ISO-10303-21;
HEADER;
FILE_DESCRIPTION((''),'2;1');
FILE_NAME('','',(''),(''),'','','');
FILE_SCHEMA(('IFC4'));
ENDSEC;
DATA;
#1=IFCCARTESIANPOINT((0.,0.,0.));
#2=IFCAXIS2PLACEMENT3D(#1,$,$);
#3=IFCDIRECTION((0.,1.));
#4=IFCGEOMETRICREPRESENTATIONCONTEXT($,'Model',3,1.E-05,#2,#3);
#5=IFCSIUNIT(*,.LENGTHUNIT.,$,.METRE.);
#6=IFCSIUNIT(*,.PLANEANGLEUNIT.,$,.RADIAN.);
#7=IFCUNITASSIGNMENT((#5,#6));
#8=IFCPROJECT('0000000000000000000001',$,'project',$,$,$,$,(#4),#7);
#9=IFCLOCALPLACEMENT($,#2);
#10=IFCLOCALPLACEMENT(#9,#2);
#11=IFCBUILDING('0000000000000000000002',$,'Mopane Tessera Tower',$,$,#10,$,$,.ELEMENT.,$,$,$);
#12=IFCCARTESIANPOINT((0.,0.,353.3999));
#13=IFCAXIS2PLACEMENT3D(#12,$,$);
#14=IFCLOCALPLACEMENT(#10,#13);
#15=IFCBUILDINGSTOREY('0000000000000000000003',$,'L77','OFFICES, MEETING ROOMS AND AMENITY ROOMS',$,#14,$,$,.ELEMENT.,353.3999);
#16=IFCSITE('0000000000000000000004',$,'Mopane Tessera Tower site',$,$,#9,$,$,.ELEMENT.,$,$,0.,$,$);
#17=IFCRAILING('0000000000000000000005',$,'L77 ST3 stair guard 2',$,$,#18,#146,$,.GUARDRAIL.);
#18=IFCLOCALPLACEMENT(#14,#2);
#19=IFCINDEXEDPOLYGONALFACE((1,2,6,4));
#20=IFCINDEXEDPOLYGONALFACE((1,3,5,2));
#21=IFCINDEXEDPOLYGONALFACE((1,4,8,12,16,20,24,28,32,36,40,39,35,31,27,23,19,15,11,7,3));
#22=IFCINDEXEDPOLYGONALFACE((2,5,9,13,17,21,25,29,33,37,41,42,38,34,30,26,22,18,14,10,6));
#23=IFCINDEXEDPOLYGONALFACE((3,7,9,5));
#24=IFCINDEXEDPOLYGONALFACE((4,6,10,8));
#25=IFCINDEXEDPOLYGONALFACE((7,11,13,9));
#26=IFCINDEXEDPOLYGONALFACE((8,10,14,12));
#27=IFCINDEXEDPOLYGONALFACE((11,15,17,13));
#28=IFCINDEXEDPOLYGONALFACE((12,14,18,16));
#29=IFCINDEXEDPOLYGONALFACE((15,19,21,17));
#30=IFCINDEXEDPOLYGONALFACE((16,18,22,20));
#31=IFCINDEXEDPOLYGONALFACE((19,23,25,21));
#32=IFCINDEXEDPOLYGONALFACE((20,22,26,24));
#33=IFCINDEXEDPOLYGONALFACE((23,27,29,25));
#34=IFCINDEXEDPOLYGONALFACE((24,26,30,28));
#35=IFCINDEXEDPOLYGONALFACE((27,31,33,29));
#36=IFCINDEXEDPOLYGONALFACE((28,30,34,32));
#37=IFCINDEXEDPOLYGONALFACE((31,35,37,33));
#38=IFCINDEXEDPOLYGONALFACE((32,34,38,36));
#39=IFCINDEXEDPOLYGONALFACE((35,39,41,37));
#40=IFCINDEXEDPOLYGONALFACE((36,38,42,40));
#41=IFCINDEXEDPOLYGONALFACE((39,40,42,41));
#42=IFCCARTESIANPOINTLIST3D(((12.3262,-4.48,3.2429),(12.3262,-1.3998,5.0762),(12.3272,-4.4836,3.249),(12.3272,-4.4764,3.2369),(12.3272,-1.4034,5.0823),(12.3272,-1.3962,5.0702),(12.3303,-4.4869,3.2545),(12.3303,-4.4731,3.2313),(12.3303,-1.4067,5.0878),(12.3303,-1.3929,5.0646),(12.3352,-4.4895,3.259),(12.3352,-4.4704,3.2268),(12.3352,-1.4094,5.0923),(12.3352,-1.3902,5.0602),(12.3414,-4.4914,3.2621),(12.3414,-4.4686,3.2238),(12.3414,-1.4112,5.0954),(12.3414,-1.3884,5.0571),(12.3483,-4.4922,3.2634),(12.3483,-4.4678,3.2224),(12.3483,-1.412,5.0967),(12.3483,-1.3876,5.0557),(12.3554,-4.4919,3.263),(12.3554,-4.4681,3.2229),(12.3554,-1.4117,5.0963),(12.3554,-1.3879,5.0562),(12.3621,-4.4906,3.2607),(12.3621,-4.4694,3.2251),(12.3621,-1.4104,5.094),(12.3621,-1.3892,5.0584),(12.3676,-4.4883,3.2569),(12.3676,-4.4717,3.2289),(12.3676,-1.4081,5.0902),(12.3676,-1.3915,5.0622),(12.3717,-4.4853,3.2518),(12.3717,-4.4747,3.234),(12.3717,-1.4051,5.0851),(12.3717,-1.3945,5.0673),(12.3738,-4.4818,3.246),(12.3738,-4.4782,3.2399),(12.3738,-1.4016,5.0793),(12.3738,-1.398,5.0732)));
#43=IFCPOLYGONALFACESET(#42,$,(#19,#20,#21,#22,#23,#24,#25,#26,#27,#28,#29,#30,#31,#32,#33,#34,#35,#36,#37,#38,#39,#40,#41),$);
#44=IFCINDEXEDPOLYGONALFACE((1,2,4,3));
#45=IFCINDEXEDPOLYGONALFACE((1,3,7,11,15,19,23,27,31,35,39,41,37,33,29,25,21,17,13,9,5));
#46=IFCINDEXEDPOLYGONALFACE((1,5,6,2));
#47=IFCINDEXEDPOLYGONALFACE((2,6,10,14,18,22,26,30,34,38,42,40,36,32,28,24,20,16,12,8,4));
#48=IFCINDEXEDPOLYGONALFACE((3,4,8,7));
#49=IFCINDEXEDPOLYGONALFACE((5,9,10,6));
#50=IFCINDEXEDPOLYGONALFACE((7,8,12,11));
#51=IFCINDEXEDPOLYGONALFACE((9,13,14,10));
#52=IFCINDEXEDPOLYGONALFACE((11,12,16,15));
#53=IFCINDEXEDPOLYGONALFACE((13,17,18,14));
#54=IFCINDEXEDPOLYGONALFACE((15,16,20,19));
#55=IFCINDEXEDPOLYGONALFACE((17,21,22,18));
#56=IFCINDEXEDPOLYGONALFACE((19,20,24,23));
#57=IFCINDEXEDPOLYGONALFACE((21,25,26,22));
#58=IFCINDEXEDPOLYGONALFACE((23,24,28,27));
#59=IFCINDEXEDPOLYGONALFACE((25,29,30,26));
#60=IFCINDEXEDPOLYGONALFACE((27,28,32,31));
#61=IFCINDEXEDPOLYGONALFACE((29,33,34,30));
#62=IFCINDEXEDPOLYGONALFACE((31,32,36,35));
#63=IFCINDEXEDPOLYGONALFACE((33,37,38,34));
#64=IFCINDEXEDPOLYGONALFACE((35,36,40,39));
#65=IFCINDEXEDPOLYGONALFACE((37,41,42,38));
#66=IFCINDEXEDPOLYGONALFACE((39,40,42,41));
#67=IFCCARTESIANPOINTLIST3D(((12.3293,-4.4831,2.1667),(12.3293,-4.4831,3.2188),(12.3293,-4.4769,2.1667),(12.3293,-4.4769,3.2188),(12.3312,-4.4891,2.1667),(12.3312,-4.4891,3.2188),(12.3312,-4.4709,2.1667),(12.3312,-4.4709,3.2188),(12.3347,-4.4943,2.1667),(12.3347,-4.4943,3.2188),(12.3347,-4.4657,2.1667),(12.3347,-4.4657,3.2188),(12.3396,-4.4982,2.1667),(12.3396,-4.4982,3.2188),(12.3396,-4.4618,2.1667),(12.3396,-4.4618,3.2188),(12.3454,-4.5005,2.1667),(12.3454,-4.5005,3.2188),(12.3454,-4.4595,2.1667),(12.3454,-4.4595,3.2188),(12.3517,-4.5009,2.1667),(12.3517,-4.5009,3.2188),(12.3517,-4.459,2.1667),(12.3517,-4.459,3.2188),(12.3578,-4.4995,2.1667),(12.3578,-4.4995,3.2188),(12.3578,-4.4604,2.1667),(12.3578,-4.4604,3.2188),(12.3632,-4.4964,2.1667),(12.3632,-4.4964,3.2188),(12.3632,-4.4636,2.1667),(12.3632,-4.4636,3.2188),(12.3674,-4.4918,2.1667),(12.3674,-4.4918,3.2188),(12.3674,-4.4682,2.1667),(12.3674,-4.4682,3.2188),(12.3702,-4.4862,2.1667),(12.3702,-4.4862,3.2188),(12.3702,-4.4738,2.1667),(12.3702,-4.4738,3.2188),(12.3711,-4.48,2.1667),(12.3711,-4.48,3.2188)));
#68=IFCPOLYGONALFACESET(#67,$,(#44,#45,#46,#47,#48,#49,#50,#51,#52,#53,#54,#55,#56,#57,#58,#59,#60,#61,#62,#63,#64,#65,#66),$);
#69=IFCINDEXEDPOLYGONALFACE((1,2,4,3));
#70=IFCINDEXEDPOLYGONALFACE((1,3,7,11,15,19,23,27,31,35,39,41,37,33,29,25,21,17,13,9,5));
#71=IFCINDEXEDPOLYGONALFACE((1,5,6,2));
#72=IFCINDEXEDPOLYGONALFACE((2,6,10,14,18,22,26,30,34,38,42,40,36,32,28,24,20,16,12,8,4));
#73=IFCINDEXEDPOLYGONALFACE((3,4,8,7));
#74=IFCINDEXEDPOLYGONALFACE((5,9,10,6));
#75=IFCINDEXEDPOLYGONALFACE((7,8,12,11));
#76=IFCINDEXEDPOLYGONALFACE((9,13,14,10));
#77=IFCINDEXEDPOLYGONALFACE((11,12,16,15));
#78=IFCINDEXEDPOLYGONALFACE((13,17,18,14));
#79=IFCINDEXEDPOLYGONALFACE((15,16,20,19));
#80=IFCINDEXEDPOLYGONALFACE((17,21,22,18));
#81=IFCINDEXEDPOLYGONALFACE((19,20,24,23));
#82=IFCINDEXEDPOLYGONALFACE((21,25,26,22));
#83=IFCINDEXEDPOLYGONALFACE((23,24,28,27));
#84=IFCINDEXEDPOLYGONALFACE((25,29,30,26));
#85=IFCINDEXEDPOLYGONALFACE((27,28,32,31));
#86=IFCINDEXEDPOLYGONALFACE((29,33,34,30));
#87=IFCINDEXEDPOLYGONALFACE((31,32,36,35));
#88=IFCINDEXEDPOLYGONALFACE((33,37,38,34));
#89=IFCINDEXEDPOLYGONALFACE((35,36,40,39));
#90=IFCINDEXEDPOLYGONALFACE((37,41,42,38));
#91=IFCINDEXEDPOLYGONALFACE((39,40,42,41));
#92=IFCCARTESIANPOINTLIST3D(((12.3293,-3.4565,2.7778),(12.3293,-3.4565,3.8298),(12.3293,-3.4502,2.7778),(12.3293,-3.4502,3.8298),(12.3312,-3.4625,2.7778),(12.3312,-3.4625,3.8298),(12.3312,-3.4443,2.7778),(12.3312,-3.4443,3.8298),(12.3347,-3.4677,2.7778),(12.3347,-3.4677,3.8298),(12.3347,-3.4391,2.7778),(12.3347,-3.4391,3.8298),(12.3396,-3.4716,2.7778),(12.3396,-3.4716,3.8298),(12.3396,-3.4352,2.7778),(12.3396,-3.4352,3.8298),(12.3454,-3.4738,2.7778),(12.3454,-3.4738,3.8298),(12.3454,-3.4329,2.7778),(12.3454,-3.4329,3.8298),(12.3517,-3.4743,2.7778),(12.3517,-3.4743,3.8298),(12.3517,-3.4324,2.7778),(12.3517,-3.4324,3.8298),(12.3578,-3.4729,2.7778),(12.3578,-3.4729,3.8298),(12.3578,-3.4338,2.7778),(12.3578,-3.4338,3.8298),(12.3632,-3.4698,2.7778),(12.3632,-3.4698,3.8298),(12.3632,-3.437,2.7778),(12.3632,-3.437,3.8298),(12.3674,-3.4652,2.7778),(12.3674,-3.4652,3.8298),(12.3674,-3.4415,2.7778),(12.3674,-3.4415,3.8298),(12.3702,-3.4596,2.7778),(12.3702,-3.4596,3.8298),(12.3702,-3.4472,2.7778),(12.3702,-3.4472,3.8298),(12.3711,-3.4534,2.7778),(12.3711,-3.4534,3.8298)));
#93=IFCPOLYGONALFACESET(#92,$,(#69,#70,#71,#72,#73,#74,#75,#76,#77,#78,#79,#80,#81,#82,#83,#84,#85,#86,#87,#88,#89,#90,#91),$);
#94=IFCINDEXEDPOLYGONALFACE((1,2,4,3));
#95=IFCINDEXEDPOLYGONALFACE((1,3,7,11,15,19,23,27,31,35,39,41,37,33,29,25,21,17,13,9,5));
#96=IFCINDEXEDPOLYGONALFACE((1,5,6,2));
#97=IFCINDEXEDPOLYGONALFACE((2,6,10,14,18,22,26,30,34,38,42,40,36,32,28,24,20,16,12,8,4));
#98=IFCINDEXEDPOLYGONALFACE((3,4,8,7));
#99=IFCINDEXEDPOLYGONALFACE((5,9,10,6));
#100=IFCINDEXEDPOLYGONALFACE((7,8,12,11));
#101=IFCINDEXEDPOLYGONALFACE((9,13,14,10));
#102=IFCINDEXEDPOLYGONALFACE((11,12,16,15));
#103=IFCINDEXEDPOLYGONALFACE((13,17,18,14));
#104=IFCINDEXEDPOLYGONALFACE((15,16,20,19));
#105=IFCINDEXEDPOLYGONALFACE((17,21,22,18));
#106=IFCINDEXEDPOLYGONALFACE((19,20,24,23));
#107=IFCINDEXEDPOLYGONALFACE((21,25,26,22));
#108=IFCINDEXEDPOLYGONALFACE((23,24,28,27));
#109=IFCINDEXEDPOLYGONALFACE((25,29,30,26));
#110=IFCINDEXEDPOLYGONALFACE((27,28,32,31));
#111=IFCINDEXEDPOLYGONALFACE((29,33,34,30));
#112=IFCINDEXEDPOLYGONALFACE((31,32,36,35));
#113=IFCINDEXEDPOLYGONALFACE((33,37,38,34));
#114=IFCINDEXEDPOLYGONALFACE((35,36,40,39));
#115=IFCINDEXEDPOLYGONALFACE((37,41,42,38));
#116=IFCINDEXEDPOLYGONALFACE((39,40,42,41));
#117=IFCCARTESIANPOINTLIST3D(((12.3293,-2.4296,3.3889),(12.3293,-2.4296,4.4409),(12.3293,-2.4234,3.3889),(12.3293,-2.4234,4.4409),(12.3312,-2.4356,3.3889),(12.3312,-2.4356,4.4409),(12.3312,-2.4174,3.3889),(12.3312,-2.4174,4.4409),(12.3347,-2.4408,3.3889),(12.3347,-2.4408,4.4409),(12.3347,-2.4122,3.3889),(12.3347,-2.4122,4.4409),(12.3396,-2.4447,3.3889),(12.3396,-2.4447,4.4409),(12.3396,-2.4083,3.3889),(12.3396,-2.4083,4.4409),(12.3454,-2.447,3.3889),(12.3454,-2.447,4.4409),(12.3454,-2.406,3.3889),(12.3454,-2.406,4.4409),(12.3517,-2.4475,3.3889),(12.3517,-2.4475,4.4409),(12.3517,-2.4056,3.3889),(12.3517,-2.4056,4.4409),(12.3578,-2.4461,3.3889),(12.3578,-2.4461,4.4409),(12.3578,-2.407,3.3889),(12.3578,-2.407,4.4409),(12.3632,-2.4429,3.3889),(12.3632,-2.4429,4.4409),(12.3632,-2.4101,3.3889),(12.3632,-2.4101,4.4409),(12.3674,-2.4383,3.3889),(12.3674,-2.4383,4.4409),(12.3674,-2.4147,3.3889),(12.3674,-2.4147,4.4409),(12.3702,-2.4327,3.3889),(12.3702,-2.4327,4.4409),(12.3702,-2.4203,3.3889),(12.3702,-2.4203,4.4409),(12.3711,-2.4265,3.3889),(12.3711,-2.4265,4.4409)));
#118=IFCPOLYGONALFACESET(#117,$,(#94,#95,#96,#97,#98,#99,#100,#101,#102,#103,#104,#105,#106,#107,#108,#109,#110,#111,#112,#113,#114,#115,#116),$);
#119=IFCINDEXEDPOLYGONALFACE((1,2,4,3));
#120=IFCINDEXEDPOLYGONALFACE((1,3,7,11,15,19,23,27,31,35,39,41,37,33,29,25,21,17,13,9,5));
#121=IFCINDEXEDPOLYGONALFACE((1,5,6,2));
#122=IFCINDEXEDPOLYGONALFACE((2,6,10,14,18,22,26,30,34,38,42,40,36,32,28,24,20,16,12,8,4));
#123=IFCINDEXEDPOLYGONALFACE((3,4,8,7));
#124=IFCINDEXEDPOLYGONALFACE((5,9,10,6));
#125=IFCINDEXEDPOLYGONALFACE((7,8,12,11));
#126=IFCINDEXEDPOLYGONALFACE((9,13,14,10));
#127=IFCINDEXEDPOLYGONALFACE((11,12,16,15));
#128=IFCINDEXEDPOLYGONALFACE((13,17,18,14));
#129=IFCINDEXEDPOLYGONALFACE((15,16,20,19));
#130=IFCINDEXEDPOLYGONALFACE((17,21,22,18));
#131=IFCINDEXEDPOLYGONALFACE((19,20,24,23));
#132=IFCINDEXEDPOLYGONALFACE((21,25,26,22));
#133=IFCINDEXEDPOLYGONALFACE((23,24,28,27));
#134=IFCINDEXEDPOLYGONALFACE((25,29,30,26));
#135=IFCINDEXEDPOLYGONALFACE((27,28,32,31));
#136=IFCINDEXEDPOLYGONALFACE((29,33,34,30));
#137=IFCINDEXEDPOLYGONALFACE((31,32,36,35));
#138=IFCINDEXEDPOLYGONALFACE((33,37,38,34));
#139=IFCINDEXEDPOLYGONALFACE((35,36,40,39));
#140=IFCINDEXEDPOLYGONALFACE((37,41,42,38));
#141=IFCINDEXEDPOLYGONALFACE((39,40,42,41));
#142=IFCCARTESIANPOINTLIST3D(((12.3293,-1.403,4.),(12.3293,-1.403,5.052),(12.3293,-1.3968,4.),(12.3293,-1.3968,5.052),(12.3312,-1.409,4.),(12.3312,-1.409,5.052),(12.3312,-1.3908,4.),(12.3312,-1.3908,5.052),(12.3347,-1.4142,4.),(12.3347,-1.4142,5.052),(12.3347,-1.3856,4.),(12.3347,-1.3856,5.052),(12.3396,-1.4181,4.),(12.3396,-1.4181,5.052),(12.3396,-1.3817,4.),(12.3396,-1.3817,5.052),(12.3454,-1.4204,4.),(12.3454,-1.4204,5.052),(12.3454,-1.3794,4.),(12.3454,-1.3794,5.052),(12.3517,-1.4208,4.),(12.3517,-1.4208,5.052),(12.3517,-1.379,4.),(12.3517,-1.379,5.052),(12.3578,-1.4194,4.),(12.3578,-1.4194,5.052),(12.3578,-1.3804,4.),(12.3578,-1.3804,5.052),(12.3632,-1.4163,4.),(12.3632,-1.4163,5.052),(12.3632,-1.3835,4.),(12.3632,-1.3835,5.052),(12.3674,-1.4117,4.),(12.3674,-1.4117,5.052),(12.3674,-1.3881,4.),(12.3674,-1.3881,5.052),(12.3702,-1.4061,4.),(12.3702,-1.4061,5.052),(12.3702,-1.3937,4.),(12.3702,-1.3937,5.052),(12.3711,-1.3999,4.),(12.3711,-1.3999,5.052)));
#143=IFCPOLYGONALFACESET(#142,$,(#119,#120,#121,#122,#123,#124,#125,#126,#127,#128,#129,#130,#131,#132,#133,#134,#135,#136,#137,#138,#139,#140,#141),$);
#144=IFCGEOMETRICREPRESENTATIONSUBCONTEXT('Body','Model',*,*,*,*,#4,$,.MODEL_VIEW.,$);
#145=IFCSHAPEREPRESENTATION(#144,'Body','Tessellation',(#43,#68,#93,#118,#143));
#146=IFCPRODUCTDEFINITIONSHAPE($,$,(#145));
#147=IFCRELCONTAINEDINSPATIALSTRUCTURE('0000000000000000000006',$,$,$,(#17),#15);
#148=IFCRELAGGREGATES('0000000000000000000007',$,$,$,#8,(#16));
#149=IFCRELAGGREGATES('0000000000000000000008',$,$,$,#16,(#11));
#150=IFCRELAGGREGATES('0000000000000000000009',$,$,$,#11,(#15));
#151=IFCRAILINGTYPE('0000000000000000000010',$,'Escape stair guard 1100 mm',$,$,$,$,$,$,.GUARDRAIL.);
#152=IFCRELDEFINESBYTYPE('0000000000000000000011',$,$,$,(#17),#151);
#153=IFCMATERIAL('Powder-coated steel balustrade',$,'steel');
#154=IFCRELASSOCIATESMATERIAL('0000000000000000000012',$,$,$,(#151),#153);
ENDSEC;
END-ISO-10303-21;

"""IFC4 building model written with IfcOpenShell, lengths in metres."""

from ifc_helpers import new_model, si_unit, direction, frame, origin, origin_2d, place, context, subcontext, project, spatial, circle, extrude, material, type_object, element, save


model = new_model("IFC4")

# Units and contexts
model_context = context("Model", 3, precision=1e-05, world=origin(), true_north=direction((0.0, 1.0)))
body_context = subcontext(model_context, "Body", "Model", "MODEL_VIEW")
ifc_project = project(units=[si_unit("LENGTHUNIT", "METRE"), si_unit("PLANEANGLEUNIT", "RADIAN")], contexts=[model_context])

# Site, building, storey
site_placement = place(None, origin())
site = spatial("IfcSite", under=ifc_project, at=site_placement, Name="Mopane Tessera Tower site", CompositionType="ELEMENT", RefElevation=0.0)
building_placement = place(site_placement, origin())
building = spatial("IfcBuilding", under=site, at=building_placement, Name="Mopane Tessera Tower", CompositionType="ELEMENT")
storey_placement = place(building_placement, frame((0.0, 0.0, 353.3999)))
storey = spatial("IfcBuildingStorey", under=building, at=storey_placement, Name="L77", Description="OFFICES, MEETING ROOMS AND AMENITY ROOMS", CompositionType="ELEMENT", Elevation=353.3999)

# Railing
ifc_material_1 = material(Name="Powder-coated steel balustrade", Category="steel")
railing_type_1 = type_object("IfcRailingType", Name="Escape stair guard 1100 mm", PredefinedType="GUARDRAIL", material=ifc_material_1)
railing_1_placement = place(storey_placement, frame((12.3501, -4.48, 2.1667)))
element("IfcRailing", 1, at=railing_1_placement, inside=storey, type_object=railing_type_1, Name="L77 ST3 stair guard 2", PredefinedType="GUARDRAIL", context=body_context, shape_type="SweptSolid", body=[
    extrude(circle(Radius=0.0239, at=origin_2d()), frame((0.0, 0.0, 1.0762), z_axis=(0.0, 0.859309, 0.511458), x_axis=(-1.0, 0.0, 0.0)), (0.0, 0.0, 1.0), 3.5845),
    extrude(circle(Radius=0.021, at=origin_2d()), origin(), (0.0, 0.0, 1.0), 1.052),
    extrude(circle(Radius=0.021, at=origin_2d()), frame((0.0, 1.0266, 0.6111)), (0.0, 0.0, 1.0), 1.052),
    extrude(circle(Radius=0.021, at=origin_2d()), frame((0.0, 2.0535, 1.2222)), (0.0, 0.0, 1.0), 1.052),
    extrude(circle(Radius=0.021, at=origin_2d()), frame((0.0, 3.0801, 1.8333)), (0.0, 0.0, 1.0), 1.052),
])

save(model, "model.ifc")
